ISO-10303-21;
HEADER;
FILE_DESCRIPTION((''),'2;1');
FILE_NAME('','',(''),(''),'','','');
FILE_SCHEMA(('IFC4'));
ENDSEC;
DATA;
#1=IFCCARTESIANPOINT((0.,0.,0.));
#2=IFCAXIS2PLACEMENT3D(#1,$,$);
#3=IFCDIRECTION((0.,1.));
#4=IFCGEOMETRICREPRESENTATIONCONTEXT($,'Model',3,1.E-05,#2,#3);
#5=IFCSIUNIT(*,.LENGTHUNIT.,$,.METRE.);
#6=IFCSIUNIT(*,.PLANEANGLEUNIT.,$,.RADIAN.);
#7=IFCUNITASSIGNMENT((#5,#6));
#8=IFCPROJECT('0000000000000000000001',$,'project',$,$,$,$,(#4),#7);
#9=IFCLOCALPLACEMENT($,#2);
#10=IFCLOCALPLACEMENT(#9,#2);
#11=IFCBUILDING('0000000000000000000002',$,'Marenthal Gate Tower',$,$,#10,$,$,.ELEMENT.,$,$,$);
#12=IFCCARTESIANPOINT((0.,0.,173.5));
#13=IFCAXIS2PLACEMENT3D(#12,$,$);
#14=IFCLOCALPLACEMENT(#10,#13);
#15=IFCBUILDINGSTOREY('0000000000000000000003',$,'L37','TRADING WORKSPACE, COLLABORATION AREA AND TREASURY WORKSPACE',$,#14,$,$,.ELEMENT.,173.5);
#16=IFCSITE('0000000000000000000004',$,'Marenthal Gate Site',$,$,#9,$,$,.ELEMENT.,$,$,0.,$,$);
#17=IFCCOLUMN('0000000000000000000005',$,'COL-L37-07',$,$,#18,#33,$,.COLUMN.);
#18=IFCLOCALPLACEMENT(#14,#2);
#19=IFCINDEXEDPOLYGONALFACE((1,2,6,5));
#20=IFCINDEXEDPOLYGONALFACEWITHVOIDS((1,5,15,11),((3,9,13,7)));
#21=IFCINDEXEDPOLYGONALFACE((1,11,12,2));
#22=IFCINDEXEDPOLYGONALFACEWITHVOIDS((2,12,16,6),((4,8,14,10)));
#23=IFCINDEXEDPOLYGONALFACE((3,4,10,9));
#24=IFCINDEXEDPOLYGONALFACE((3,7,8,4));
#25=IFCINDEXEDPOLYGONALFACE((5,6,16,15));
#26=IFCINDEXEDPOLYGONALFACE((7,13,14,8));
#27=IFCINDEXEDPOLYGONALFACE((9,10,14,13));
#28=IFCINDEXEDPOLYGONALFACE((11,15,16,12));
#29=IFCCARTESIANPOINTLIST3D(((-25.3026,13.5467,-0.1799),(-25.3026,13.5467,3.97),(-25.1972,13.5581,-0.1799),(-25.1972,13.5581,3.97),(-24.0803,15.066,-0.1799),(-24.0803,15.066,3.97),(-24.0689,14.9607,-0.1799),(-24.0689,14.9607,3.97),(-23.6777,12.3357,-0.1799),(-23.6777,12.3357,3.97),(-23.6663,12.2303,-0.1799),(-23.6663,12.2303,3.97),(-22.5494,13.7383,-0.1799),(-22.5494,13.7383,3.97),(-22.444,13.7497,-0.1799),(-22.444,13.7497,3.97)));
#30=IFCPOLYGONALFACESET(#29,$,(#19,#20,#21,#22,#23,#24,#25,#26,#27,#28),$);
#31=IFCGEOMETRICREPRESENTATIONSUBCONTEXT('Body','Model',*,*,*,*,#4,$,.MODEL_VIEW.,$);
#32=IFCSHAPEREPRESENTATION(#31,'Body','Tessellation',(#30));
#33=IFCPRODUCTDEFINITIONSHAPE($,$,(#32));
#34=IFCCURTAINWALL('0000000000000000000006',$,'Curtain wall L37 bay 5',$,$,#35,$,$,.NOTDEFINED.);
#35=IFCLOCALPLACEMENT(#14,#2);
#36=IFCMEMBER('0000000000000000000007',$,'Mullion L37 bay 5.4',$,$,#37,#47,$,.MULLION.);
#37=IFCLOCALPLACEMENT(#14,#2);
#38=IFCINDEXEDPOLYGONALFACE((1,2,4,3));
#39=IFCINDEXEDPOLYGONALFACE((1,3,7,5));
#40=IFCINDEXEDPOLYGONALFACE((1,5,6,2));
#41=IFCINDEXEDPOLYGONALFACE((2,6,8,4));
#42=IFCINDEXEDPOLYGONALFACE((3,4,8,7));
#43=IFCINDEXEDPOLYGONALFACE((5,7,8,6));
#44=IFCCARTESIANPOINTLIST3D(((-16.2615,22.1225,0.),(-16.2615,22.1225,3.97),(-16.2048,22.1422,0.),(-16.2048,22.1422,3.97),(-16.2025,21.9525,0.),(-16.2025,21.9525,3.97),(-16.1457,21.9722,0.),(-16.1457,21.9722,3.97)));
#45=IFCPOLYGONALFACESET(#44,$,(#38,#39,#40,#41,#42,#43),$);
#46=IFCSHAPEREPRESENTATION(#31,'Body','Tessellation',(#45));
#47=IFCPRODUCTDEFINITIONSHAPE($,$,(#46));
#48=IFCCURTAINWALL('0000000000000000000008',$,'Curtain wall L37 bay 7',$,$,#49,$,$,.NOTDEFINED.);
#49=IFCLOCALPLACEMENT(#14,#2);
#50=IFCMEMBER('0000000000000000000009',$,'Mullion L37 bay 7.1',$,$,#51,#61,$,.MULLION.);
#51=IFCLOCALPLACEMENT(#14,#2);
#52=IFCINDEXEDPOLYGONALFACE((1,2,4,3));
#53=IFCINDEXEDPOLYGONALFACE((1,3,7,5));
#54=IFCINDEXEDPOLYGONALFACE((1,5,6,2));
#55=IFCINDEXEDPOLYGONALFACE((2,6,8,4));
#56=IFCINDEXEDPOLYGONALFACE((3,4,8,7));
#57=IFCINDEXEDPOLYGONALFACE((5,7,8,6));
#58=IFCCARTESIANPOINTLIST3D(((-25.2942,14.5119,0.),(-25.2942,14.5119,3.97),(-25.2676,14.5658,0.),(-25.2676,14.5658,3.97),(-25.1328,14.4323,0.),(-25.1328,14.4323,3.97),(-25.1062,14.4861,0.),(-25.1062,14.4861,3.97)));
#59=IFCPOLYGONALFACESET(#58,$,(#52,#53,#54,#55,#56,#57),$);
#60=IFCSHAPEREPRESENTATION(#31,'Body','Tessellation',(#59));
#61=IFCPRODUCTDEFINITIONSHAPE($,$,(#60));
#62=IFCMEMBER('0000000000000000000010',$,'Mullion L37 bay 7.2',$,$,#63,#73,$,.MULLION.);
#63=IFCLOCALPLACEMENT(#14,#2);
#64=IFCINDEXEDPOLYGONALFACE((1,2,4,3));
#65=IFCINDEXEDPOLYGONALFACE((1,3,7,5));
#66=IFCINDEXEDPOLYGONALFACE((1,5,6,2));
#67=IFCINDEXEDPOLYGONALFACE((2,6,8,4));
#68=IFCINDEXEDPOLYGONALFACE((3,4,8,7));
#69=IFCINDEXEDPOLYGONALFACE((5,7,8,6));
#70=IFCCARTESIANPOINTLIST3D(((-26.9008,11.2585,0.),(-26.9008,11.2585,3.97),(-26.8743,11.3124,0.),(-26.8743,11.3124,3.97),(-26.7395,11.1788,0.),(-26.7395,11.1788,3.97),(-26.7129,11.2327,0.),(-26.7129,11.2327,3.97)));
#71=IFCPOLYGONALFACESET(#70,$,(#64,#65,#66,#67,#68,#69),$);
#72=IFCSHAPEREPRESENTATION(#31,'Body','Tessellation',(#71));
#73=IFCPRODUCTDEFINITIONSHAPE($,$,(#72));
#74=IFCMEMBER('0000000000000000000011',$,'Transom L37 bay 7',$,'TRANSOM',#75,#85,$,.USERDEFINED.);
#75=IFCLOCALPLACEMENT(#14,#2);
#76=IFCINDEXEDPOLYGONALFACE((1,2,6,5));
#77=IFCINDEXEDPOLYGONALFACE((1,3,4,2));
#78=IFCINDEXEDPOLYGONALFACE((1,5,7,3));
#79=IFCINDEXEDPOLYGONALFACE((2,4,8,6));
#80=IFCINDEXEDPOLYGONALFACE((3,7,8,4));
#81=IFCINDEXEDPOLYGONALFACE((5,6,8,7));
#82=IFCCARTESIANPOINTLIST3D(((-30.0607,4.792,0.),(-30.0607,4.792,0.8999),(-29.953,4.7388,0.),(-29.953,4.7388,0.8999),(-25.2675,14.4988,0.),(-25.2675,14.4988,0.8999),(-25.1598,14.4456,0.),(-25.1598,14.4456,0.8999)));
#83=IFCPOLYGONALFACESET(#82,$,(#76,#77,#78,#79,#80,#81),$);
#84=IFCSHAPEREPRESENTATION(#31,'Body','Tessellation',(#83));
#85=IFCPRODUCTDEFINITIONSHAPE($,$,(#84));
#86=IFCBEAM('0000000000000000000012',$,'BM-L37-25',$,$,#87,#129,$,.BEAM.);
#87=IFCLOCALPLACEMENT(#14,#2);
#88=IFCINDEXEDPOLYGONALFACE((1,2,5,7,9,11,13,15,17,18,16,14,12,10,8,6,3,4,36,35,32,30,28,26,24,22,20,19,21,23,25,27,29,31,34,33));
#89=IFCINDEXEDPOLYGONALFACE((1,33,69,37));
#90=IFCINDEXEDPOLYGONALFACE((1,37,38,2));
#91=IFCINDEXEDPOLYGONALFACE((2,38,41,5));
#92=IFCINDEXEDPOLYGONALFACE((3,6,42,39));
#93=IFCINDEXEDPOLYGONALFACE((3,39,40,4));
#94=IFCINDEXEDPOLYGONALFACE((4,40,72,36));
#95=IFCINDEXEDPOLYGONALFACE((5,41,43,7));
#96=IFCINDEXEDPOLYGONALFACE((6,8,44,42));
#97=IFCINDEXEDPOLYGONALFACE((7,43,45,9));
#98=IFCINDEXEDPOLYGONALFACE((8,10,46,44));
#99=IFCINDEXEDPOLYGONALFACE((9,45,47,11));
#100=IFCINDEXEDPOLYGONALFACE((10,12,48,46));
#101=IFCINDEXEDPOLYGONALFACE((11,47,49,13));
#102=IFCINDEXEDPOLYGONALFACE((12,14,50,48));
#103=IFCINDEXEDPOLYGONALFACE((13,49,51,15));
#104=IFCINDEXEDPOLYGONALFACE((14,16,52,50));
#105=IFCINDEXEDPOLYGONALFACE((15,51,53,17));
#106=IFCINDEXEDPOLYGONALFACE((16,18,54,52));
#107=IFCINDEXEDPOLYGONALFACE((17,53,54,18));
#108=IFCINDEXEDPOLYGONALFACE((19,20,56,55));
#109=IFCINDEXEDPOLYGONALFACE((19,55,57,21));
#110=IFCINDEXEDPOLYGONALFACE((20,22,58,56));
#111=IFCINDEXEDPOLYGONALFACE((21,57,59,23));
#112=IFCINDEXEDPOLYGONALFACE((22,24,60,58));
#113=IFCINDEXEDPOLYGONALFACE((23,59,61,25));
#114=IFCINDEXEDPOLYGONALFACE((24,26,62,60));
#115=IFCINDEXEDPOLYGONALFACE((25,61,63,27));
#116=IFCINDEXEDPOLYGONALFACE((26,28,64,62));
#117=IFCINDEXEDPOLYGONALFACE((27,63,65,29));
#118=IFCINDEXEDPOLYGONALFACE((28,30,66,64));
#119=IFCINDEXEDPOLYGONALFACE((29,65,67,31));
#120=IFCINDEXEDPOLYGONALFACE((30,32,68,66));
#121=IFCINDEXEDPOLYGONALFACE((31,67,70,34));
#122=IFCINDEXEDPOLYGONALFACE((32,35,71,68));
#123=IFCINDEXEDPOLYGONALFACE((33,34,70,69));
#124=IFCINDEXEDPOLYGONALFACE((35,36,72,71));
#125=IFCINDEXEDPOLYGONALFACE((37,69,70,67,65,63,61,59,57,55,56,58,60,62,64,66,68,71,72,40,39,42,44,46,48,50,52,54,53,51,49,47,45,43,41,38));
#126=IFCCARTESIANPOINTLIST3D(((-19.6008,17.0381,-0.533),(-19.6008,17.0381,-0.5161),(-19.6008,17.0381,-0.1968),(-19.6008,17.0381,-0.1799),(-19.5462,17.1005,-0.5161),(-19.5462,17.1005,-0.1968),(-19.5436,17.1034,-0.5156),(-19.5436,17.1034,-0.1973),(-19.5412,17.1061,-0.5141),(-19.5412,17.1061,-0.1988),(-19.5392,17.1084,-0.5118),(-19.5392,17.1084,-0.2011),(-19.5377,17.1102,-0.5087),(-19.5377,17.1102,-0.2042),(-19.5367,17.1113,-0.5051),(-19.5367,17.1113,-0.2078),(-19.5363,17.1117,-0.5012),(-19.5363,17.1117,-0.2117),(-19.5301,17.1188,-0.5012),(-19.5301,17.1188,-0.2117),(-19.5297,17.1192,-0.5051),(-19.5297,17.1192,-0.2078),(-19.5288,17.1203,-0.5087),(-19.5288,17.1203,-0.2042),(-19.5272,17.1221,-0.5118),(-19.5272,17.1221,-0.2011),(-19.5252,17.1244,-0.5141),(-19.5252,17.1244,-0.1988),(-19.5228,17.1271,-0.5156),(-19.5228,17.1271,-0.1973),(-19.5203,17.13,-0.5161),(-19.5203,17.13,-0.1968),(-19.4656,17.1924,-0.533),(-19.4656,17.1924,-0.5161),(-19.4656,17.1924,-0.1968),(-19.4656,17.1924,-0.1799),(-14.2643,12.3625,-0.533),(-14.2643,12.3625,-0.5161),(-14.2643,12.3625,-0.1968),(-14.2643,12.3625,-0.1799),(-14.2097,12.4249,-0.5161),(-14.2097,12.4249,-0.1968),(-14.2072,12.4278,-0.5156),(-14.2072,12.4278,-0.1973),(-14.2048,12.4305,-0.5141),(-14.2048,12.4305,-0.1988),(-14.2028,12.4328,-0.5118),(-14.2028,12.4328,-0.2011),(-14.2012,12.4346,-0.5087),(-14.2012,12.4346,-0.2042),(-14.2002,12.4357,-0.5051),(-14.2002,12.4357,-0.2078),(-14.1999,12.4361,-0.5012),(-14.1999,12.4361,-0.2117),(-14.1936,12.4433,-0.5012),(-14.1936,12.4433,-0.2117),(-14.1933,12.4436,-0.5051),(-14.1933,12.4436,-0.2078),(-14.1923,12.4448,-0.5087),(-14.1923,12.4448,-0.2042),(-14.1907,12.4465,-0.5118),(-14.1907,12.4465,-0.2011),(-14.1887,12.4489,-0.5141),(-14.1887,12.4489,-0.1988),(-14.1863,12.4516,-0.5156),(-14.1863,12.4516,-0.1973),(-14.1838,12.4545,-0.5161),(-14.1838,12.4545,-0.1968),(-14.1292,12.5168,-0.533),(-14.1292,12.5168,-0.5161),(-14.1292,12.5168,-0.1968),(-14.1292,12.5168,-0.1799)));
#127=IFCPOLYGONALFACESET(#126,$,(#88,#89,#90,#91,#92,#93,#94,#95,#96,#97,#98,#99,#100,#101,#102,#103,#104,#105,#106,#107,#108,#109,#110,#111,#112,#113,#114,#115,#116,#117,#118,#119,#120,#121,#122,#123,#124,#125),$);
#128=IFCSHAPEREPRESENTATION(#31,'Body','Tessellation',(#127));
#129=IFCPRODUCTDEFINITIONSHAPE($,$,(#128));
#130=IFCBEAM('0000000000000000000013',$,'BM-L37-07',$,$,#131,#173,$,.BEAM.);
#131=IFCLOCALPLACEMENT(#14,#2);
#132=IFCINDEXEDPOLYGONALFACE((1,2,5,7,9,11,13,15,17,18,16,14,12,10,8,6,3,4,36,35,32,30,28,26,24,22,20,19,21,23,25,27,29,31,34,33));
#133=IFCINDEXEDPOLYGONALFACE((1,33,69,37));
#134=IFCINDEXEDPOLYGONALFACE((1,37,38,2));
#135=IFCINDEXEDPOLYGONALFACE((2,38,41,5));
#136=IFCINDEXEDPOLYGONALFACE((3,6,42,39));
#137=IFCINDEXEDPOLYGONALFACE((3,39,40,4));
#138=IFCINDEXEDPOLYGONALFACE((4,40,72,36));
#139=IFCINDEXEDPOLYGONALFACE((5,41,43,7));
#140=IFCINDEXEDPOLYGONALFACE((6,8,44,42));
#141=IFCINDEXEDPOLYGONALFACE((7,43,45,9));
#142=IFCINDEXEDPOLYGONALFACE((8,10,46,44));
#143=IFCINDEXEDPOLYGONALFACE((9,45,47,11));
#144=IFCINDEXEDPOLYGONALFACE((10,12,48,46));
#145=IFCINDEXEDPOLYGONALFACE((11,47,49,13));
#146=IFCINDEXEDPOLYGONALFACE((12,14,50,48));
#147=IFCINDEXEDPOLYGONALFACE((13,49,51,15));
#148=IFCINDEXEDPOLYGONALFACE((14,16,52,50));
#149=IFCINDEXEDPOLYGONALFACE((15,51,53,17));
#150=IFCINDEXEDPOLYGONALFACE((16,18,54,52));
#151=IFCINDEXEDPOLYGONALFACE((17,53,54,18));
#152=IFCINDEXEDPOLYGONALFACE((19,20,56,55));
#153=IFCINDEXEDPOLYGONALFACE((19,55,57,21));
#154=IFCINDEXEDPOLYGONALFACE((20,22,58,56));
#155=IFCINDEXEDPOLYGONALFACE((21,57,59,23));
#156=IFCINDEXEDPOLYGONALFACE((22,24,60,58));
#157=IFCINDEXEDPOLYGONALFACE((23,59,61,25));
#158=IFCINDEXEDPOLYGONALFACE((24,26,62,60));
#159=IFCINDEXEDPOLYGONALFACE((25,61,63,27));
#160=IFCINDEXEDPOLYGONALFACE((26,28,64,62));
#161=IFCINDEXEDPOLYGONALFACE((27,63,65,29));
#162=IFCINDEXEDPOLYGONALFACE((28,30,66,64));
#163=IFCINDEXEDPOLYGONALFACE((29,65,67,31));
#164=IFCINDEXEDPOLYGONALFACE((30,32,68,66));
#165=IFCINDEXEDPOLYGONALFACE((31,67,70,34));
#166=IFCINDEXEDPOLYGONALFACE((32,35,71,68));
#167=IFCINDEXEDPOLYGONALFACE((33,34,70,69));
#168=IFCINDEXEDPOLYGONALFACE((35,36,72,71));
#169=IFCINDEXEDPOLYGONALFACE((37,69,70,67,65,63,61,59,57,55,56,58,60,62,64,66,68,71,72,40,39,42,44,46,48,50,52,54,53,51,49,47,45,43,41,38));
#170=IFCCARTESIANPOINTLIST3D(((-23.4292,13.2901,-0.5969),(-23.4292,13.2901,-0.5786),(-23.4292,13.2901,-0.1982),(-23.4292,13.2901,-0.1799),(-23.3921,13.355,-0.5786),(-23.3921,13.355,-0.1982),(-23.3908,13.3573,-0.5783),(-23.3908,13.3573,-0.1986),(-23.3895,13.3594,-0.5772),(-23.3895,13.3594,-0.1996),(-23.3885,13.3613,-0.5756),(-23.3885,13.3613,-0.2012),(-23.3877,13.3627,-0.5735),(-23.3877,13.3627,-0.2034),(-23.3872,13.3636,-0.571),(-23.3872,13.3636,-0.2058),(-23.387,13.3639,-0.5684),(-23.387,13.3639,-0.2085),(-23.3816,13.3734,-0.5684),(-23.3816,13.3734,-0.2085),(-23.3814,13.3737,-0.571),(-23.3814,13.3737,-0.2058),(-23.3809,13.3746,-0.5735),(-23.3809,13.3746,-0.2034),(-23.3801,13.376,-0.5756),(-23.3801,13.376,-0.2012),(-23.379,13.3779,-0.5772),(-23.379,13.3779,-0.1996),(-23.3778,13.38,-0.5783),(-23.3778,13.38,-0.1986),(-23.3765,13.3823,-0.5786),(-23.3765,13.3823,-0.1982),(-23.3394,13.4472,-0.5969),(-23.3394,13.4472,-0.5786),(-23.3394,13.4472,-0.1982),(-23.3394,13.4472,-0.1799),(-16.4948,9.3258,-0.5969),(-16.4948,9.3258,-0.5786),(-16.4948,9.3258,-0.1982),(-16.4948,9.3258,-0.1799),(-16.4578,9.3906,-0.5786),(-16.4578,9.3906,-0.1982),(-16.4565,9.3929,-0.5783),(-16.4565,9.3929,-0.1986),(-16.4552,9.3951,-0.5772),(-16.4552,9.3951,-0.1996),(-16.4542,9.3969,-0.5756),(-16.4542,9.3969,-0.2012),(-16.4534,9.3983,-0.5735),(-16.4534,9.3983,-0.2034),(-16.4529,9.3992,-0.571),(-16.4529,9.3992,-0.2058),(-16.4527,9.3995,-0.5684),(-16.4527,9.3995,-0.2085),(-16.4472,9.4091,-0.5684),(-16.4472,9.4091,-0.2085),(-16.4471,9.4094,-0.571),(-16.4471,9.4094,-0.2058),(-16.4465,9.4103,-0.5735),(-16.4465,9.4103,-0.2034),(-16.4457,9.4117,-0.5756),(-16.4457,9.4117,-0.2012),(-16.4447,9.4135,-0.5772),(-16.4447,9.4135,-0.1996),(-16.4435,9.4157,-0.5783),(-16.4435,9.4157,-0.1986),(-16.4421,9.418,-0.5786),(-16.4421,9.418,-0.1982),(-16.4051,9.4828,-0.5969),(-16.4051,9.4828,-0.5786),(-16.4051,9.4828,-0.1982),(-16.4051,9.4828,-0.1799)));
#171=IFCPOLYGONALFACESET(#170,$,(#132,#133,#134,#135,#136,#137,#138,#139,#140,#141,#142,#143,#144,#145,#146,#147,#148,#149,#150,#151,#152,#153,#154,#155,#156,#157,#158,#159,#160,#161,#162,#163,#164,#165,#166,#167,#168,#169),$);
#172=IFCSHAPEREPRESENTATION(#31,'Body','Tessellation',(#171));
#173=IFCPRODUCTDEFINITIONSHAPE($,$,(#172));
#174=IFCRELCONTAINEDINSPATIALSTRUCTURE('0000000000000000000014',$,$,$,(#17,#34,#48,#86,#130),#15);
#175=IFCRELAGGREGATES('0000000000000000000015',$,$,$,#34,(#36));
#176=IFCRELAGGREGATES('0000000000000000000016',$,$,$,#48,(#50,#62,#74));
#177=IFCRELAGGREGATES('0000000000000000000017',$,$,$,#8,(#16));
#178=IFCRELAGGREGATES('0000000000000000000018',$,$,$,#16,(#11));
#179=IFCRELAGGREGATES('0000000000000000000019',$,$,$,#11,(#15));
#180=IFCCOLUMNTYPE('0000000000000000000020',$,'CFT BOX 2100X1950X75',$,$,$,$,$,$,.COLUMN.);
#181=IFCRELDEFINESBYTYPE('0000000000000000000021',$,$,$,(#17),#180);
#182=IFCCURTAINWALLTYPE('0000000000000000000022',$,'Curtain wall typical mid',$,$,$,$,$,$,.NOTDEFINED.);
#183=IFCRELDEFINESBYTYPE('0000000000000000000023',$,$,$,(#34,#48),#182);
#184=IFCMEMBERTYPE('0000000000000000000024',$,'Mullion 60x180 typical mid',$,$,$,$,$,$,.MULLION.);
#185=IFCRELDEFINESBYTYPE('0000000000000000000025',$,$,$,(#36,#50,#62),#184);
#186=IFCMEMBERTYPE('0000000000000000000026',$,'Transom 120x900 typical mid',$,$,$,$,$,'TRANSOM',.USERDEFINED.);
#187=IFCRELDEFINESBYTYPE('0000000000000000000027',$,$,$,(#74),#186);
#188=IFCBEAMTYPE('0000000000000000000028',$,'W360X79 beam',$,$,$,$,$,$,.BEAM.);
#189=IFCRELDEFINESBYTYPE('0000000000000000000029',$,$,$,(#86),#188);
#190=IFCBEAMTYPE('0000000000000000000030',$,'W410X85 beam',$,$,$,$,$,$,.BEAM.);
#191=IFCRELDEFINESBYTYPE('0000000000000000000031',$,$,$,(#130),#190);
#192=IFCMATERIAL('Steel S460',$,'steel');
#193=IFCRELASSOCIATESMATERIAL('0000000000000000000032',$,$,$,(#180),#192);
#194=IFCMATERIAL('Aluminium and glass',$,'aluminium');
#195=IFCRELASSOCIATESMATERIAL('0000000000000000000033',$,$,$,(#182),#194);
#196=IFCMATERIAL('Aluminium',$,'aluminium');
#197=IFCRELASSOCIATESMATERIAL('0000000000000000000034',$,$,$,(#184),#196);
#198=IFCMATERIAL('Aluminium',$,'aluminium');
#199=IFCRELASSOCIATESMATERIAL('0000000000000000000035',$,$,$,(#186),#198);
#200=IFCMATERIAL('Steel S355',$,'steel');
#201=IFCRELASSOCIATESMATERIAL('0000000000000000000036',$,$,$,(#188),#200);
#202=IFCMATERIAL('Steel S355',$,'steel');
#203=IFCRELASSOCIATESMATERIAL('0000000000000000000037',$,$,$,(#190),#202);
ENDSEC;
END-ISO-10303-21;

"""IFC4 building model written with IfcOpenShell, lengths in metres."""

from ifc_helpers import new_model, si_unit, direction, frame, origin, origin_2d, place, context, subcontext, project, spatial, rectangle, hollow_rectangle, i_section, extrude, material, material_profile, profile_set, type_object, element, aggregate, save


model = new_model("IFC4")

# Units and contexts
model_context = context("Model", 3, precision=1e-05, world=origin(), true_north=direction((0.0, 1.0)))
body_context = subcontext(model_context, "Body", "Model", "MODEL_VIEW")
ifc_project = project(units=[si_unit("LENGTHUNIT", "METRE"), si_unit("PLANEANGLEUNIT", "RADIAN")], contexts=[model_context])

# Site, building, storey
site_placement = place(None, origin())
site = spatial("IfcSite", under=ifc_project, at=site_placement, Name="Marenthal Gate Site", CompositionType="ELEMENT", RefElevation=0.0)
building_placement = place(site_placement, origin())
building = spatial("IfcBuilding", under=site, at=building_placement, Name="Marenthal Gate Tower", CompositionType="ELEMENT")
storey_placement = place(building_placement, frame((0.0, 0.0, 173.5)))
storey = spatial("IfcBuildingStorey", under=building, at=storey_placement, Name="L37", Description="TRADING WORKSPACE, COLLABORATION AREA AND TREASURY WORKSPACE", CompositionType="ELEMENT", Elevation=173.5)

# Column
ifc_material_1 = material(Name="Steel S460", Category="steel")
ifc_material_profile_1 = material_profile(ifc_material_1, hollow_rectangle(XDim=1.95, YDim=2.1001, WallThickness=0.075, at=origin_2d()), Name="CFT BOX 2100X1950X75")
ifc_material_2 = material(Name="Concrete 70 MPa", Category="concrete")
ifc_material_profile_2 = material_profile(ifc_material_2, rectangle(XDim=1.8, YDim=1.95, at=origin_2d()), Name="CFT BOX 2100X1950X75 INFILL")
ifc_profile_set_1 = profile_set([ifc_material_profile_1, ifc_material_profile_2], Name="Steel S460 shell, Concrete 70 MPa infill")
column_type = type_object("IfcColumnType", Name="CFT BOX 2100X1950X75", PredefinedType="COLUMN", material=ifc_profile_set_1)
column_placement = place(storey_placement, frame((-23.8733, 13.6482, -0.1799), z_axis=(0.0, 0.0, 1.0), x_axis=(0.626815, 0.779168, 0.0)))
element("IfcColumn", 1, at=column_placement, inside=storey, type_object=column_type, Name="COL-L37-07", PredefinedType="COLUMN", context=body_context, shape_type="SweptSolid", body=[
    extrude(hollow_rectangle(XDim=1.95, YDim=2.1001, WallThickness=0.075, at=origin_2d()), origin(), (0.0, 0.0, 1.0), 4.1499),
])

# Curtain wall, member
ifc_material_3 = material(Name="Aluminium and glass", Category="aluminium")
curtain_wall_type = type_object("IfcCurtainWallType", Name="Curtain wall typical mid", PredefinedType="NOTDEFINED", material=ifc_material_3)
curtain_wall_1_placement = place(storey_placement, origin())
curtain_wall_1 = element("IfcCurtainWall", 2, at=curtain_wall_1_placement, inside=storey, type_object=curtain_wall_type, Name="Curtain wall L37 bay 5", PredefinedType="NOTDEFINED")
ifc_material_4 = material(Name="Aluminium", Category="aluminium")
ifc_material_profile_3 = material_profile(ifc_material_4, rectangle(XDim=0.1799, YDim=0.0601, at=origin_2d()), Name="60x180 aluminium mullion")
ifc_profile_set_2 = profile_set([ifc_material_profile_3], Name="Aluminium")
member_type_1 = type_object("IfcMemberType", Name="Mullion 60x180 typical mid", PredefinedType="MULLION", material=ifc_profile_set_2)
member_1_placement = place(storey_placement, frame((-16.2036, 22.0474, 0.0), z_axis=(0.0, 0.0, 1.0), x_axis=(0.328211, -0.944604, 0.0)))
member_1 = element("IfcMember", 3, at=member_1_placement, type_object=member_type_1, Name="Mullion L37 bay 5.4", PredefinedType="MULLION", context=body_context, shape_type="SweptSolid", body=[
    extrude(rectangle(XDim=0.1799, YDim=0.0601, at=origin_2d()), origin(), (0.0, 0.0, 1.0), 3.97),
])
aggregate(curtain_wall_1, [member_1])

# Curtain wall, members
curtain_wall_2_placement = place(storey_placement, origin())
curtain_wall_2 = element("IfcCurtainWall", 4, at=curtain_wall_2_placement, inside=storey, type_object=curtain_wall_type, Name="Curtain wall L37 bay 7", PredefinedType="NOTDEFINED")
member_2_placement = place(storey_placement, frame((-25.2002, 14.499, 0.0), z_axis=(0.0, 0.0, 1.0), x_axis=(0.896643, -0.442753, 0.0)))
member_2 = element("IfcMember", 5, at=member_2_placement, type_object=member_type_1, Name="Mullion L37 bay 7.1", PredefinedType="MULLION", context=body_context, shape_type="SweptSolid", body=[
    extrude(rectangle(XDim=0.1799, YDim=0.0601, at=origin_2d()), origin(), (0.0, 0.0, 1.0), 3.97),
])
member_3_placement = place(storey_placement, frame((-26.8069, 11.2456, 0.0), z_axis=(0.0, 0.0, 1.0), x_axis=(0.896643, -0.442753, 0.0)))
member_3 = element("IfcMember", 6, at=member_3_placement, type_object=member_type_1, Name="Mullion L37 bay 7.2", PredefinedType="MULLION", context=body_context, shape_type="SweptSolid", body=[
    extrude(rectangle(XDim=0.1799, YDim=0.0601, at=origin_2d()), origin(), (0.0, 0.0, 1.0), 3.97),
])
ifc_material_5 = material(Name="Aluminium", Category="aluminium")
ifc_material_profile_4 = material_profile(ifc_material_5, rectangle(XDim=0.1201, YDim=0.8999, at=origin_2d()), Name="120x900 aluminium transom")
ifc_profile_set_3 = profile_set([ifc_material_profile_4], Name="Aluminium")
member_type_2 = type_object("IfcMemberType", Name="Transom 120x900 typical mid", ElementType="TRANSOM", PredefinedType="USERDEFINED", material=ifc_profile_set_3)
member_4_placement = place(storey_placement, frame((-25.2136, 14.4722, 0.45), z_axis=(-0.442761, -0.89664, 0.0), x_axis=(0.89664, -0.442761, 0.0)))
member_4 = element("IfcMember", 7, at=member_4_placement, type_object=member_type_2, Name="Transom L37 bay 7", ObjectType="TRANSOM", PredefinedType="USERDEFINED", context=body_context, shape_type="SweptSolid", body=[
    extrude(rectangle(XDim=0.1201, YDim=0.8999, at=origin_2d()), origin(), (0.0, 0.0, 1.0), 10.8257),
])

# Beams
ifc_material_6 = material(Name="Steel S355", Category="steel")
ifc_material_profile_5 = material_profile(ifc_material_6, i_section(OverallWidth=0.2051, OverallDepth=0.353, WebThickness=0.0095, FlangeThickness=0.0168, FilletRadius=0.0149, at=origin_2d()), Name="W360X79")
ifc_profile_set_4 = profile_set([ifc_material_profile_5], Name="Steel S355")
beam_type_1 = type_object("IfcBeamType", Name="W360X79 beam", PredefinedType="BEAM", material=ifc_profile_set_4)
beam_1_placement = place(storey_placement, frame((-19.5332, 17.1152, -0.3564), z_axis=(0.752146, -0.658997, 0.0), x_axis=(0.658997, 0.752146, 0.0)))
element("IfcBeam", 8, at=beam_1_placement, inside=storey, type_object=beam_type_1, Name="BM-L37-25", PredefinedType="BEAM", context=body_context, shape_type="SweptSolid", body=[
    extrude(i_section(OverallWidth=0.2051, OverallDepth=0.353, WebThickness=0.0095, FlangeThickness=0.0168, FilletRadius=0.0149, at=origin_2d()), origin(), (0.0, 0.0, 1.0), 7.095),
])
ifc_material_7 = material(Name="Steel S355", Category="steel")
ifc_material_profile_6 = material_profile(ifc_material_7, i_section(OverallWidth=0.1809, OverallDepth=0.417, WebThickness=0.011, FlangeThickness=0.0183, FilletRadius=0.0103, at=origin_2d()), Name="W410X85")
ifc_profile_set_5 = profile_set([ifc_material_profile_6], Name="Steel S355")
beam_type_2 = type_object("IfcBeamType", Name="W410X85 beam", PredefinedType="BEAM", material=ifc_profile_set_5)
beam_2_placement = place(storey_placement, frame((-23.3843, 13.3687, -0.3884), z_axis=(0.868142, -0.496317, 0.0), x_axis=(0.496317, 0.868142, 0.0)))
element("IfcBeam", 9, at=beam_2_placement, inside=storey, type_object=beam_type_2, Name="BM-L37-07", PredefinedType="BEAM", context=body_context, shape_type="SweptSolid", body=[
    extrude(i_section(OverallWidth=0.1809, OverallDepth=0.417, WebThickness=0.011, FlangeThickness=0.0183, FilletRadius=0.0103, at=origin_2d()), origin(), (0.0, 0.0, 1.0), 7.9875),
])

aggregate(curtain_wall_2, [member_2, member_3, member_4])

save(model, "model.ifc")
